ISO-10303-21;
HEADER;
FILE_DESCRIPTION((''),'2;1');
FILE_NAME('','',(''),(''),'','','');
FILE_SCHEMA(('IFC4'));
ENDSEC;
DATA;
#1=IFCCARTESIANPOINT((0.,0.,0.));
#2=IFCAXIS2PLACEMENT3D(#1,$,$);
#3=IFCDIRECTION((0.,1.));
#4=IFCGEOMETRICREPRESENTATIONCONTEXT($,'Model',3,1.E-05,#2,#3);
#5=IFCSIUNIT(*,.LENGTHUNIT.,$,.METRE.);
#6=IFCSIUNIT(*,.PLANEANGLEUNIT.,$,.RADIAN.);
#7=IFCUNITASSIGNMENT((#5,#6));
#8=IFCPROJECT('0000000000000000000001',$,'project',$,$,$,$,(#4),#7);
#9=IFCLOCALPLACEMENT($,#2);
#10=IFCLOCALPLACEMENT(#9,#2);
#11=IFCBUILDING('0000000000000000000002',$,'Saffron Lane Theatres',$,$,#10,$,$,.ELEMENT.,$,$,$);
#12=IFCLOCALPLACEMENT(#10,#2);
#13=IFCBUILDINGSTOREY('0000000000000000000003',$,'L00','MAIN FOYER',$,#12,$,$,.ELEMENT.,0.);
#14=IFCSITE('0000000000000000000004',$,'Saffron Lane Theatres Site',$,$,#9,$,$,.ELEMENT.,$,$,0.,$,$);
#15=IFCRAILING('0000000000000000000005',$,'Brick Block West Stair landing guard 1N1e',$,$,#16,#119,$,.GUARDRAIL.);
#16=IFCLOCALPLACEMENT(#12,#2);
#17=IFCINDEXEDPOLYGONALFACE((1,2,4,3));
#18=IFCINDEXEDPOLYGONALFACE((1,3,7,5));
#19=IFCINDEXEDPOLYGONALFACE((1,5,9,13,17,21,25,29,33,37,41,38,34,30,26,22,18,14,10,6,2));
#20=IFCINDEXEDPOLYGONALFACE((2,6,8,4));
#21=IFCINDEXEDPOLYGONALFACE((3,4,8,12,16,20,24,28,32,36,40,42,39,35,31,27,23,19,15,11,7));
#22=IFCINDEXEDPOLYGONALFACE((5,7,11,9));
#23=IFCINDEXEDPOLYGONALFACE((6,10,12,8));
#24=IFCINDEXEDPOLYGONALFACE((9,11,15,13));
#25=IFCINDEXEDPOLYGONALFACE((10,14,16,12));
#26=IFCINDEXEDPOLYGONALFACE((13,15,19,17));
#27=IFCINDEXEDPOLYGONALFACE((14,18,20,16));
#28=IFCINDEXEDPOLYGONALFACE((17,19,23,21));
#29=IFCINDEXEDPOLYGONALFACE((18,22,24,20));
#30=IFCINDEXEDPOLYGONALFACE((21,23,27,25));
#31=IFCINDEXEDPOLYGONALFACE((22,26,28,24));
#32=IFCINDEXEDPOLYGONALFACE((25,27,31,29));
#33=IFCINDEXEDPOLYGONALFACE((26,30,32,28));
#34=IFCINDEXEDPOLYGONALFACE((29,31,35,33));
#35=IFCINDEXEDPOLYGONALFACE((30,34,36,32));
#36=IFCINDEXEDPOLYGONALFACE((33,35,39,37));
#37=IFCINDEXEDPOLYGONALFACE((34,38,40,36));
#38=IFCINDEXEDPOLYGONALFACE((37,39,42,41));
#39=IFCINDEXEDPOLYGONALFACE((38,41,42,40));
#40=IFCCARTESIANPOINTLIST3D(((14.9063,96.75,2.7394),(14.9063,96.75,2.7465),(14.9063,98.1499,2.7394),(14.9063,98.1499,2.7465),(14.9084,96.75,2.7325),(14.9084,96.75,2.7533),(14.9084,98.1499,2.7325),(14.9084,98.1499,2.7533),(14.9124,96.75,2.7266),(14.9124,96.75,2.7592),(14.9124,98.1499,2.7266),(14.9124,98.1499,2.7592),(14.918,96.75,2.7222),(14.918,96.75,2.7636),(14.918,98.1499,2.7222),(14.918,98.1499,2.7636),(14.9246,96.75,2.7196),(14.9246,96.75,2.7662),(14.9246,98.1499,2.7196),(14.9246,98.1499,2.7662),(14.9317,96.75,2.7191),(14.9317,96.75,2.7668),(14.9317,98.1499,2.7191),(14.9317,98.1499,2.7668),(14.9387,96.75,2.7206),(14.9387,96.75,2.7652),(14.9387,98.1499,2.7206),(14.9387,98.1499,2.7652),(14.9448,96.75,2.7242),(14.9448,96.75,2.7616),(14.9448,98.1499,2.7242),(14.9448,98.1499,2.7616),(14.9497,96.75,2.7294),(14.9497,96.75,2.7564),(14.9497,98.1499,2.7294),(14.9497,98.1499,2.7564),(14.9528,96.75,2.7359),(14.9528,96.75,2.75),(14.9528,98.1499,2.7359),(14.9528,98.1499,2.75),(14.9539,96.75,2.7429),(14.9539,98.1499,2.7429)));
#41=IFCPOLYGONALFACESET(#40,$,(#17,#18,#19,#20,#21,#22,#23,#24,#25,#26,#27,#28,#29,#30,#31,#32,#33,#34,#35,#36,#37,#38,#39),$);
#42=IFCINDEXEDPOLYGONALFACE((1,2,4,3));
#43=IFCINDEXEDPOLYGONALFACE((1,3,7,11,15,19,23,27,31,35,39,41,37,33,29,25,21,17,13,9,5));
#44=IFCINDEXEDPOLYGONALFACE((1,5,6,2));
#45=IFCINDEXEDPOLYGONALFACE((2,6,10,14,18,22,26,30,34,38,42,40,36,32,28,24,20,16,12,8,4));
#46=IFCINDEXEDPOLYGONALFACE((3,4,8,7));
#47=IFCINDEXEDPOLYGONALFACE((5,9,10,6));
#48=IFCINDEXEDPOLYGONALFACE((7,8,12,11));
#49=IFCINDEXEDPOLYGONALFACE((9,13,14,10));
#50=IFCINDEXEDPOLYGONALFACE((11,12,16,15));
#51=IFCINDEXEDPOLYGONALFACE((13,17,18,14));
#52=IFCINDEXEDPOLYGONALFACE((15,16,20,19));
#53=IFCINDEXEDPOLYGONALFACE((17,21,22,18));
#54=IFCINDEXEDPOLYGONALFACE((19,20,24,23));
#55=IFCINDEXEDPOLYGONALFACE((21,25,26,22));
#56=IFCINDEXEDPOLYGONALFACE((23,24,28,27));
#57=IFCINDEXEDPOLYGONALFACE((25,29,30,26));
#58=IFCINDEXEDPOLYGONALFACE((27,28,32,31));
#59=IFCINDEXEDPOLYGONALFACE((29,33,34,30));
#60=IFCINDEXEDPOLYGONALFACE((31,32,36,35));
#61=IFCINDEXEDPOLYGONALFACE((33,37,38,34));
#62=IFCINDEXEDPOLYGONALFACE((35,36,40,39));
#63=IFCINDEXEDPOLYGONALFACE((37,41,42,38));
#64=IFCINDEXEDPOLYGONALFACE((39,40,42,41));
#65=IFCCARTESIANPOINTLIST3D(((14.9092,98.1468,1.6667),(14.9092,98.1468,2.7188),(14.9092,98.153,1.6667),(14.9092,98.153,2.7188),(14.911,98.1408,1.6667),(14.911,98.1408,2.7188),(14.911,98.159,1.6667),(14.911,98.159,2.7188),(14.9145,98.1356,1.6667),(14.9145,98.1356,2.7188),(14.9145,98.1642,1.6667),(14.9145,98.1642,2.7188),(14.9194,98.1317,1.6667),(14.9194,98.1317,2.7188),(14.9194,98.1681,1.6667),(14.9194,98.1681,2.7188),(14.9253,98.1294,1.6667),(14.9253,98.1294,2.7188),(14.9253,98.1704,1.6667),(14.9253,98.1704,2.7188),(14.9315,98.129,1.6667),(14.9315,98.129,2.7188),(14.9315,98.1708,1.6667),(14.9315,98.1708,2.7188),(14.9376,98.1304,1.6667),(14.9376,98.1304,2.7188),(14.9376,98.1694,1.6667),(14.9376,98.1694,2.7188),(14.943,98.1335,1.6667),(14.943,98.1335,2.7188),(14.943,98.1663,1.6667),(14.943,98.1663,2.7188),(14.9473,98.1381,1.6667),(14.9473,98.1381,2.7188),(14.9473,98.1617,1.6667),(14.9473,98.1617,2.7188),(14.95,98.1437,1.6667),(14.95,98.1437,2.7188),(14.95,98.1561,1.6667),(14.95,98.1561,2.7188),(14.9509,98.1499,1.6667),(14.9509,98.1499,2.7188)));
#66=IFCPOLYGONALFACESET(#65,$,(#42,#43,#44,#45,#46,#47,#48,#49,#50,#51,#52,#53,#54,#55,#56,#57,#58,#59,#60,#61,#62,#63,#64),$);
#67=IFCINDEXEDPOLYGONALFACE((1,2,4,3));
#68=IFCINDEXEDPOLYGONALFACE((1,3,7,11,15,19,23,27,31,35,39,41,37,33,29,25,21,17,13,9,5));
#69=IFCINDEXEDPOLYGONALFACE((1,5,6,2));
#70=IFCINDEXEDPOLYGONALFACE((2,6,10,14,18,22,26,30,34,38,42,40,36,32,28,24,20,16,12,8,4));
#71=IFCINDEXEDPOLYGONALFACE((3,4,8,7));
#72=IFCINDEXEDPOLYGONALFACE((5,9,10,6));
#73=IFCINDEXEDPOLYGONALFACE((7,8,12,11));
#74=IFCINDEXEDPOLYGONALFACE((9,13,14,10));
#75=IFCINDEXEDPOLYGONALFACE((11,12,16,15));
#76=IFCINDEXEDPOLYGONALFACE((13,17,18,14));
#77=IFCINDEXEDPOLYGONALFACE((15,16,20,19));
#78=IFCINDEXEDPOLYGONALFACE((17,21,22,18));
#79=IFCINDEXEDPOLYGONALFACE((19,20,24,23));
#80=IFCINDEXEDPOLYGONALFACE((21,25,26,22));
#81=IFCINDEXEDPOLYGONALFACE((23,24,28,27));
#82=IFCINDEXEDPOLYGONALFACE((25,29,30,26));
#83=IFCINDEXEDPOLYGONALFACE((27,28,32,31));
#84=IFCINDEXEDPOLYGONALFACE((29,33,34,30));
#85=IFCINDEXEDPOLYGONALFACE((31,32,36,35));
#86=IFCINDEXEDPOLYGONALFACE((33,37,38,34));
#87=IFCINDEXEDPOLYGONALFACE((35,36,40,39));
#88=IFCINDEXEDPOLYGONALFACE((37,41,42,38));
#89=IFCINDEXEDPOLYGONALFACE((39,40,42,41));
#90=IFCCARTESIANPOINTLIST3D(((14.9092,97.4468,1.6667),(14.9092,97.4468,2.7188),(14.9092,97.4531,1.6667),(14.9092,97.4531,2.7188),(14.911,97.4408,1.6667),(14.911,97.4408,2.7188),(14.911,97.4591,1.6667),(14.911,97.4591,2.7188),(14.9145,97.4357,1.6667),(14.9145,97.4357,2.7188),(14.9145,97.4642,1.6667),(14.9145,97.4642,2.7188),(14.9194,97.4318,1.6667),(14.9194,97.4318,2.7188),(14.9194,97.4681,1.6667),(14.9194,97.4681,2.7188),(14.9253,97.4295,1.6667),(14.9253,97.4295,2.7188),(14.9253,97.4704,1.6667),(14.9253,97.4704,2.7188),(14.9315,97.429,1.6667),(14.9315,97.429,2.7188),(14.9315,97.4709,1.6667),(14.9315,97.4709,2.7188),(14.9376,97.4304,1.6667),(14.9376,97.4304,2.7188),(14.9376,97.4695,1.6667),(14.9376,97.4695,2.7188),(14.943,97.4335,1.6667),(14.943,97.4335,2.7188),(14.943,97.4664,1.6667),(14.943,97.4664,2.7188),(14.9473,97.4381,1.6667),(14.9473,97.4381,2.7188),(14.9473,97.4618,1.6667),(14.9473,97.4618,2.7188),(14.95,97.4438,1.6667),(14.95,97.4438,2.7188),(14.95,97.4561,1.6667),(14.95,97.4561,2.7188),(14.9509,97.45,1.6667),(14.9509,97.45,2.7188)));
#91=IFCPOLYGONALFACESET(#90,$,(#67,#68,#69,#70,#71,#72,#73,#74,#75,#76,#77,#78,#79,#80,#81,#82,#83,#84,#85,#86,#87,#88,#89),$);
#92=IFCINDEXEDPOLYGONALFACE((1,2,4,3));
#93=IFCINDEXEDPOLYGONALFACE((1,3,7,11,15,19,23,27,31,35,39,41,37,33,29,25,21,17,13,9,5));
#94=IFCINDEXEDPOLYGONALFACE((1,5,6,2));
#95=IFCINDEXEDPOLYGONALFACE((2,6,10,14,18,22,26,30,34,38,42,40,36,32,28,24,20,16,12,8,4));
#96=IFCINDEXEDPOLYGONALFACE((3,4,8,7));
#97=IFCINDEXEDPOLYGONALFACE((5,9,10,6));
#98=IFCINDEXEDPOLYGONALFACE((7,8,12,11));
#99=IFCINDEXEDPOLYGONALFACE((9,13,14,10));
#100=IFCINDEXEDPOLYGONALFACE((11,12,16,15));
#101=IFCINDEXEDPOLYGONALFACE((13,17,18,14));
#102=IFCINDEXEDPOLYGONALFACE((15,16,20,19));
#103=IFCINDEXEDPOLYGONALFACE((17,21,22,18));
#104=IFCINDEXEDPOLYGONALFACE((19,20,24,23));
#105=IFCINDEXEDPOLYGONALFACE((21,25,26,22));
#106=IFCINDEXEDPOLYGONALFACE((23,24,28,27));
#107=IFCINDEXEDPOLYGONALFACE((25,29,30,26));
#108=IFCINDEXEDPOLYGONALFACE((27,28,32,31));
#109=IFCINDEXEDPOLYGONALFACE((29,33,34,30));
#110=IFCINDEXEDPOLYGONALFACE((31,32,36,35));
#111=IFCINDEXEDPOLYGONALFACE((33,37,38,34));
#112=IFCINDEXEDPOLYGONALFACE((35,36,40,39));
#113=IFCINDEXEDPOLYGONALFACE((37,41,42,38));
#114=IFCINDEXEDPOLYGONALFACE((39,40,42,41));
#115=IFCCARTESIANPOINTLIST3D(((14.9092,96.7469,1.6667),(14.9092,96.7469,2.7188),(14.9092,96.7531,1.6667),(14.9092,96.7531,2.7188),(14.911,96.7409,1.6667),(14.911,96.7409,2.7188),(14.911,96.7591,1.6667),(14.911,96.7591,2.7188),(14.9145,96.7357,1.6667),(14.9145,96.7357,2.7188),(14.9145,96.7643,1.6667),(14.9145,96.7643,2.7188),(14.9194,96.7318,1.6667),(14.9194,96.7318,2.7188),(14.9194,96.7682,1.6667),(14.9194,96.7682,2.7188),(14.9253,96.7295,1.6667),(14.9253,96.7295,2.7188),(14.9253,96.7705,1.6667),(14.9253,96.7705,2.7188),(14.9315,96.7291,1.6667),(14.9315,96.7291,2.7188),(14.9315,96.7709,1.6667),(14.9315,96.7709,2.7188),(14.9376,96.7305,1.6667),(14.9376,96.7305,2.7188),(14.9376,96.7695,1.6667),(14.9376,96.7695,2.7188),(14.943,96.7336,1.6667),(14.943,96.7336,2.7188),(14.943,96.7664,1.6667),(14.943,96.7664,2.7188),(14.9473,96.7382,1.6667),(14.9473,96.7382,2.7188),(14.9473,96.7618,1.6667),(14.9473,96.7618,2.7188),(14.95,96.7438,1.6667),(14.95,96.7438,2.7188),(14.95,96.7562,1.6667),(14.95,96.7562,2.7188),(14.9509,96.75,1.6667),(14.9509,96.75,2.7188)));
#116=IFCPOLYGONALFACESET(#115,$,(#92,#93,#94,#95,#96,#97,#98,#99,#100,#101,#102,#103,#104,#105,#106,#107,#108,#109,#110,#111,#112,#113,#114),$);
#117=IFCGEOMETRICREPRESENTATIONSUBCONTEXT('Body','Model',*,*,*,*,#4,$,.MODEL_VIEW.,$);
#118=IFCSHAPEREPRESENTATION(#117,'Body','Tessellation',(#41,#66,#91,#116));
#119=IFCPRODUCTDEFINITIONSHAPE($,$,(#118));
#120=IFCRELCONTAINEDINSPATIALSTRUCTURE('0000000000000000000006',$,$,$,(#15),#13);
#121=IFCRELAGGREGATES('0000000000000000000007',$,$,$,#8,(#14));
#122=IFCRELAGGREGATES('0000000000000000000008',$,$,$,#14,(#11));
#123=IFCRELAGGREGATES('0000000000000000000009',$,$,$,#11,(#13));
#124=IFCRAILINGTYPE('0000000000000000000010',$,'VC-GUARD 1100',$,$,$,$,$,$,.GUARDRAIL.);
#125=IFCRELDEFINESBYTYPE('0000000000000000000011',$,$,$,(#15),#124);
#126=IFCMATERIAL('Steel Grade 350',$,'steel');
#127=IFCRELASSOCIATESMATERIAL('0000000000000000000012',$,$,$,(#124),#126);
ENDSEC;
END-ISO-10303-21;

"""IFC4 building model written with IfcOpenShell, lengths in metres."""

from ifc_helpers import new_model, si_unit, direction, frame, origin, origin_2d, place, context, subcontext, project, spatial, circle, extrude, material, type_object, element, save


model = new_model("IFC4")

# Units and contexts
model_context = context("Model", 3, precision=1e-05, world=origin(), true_north=direction((0.0, 1.0)))
body_context = subcontext(model_context, "Body", "Model", "MODEL_VIEW")
ifc_project = project(units=[si_unit("LENGTHUNIT", "METRE"), si_unit("PLANEANGLEUNIT", "RADIAN")], contexts=[model_context])

# Site, building, storey
site_placement = place(None, origin())
site = spatial("IfcSite", under=ifc_project, at=site_placement, Name="Saffron Lane Theatres Site", CompositionType="ELEMENT", RefElevation=0.0)
building_placement = place(site_placement, origin())
building = spatial("IfcBuilding", under=site, at=building_placement, Name="Saffron Lane Theatres", CompositionType="ELEMENT")
storey_placement = place(building_placement, origin())
storey = spatial("IfcBuildingStorey", under=building, at=storey_placement, Name="L00", Description="MAIN FOYER", CompositionType="ELEMENT", Elevation=0.0)

# Railing
ifc_material_1 = material(Name="Steel Grade 350", Category="steel")
railing_type_1 = type_object("IfcRailingType", Name="VC-GUARD 1100", PredefinedType="GUARDRAIL", material=ifc_material_1)
railing_1_placement = place(storey_placement, frame((14.9299, 98.1499, 1.6667)))
element("IfcRailing", 1, at=railing_1_placement, inside=storey, type_object=railing_type_1, Name="Brick Block West Stair landing guard 1N1e", PredefinedType="GUARDRAIL", context=body_context, shape_type="SweptSolid", body=[
    extrude(circle(Radius=0.0239, at=origin_2d()), frame((0.0, 0.0, 1.0762), z_axis=(0.0, -1.0, 0.0), x_axis=(1.0, 0.0, 0.0)), (0.0, 0.0, 1.0), 1.3999),
    extrude(circle(Radius=0.021, at=origin_2d()), origin(), (0.0, 0.0, 1.0), 1.052),
    extrude(circle(Radius=0.021, at=origin_2d()), frame((0.0, -0.7, 0.0)), (0.0, 0.0, 1.0), 1.052),
    extrude(circle(Radius=0.021, at=origin_2d()), frame((0.0, -1.3999, 0.0)), (0.0, 0.0, 1.0), 1.052),
])

save(model, "model.ifc")
